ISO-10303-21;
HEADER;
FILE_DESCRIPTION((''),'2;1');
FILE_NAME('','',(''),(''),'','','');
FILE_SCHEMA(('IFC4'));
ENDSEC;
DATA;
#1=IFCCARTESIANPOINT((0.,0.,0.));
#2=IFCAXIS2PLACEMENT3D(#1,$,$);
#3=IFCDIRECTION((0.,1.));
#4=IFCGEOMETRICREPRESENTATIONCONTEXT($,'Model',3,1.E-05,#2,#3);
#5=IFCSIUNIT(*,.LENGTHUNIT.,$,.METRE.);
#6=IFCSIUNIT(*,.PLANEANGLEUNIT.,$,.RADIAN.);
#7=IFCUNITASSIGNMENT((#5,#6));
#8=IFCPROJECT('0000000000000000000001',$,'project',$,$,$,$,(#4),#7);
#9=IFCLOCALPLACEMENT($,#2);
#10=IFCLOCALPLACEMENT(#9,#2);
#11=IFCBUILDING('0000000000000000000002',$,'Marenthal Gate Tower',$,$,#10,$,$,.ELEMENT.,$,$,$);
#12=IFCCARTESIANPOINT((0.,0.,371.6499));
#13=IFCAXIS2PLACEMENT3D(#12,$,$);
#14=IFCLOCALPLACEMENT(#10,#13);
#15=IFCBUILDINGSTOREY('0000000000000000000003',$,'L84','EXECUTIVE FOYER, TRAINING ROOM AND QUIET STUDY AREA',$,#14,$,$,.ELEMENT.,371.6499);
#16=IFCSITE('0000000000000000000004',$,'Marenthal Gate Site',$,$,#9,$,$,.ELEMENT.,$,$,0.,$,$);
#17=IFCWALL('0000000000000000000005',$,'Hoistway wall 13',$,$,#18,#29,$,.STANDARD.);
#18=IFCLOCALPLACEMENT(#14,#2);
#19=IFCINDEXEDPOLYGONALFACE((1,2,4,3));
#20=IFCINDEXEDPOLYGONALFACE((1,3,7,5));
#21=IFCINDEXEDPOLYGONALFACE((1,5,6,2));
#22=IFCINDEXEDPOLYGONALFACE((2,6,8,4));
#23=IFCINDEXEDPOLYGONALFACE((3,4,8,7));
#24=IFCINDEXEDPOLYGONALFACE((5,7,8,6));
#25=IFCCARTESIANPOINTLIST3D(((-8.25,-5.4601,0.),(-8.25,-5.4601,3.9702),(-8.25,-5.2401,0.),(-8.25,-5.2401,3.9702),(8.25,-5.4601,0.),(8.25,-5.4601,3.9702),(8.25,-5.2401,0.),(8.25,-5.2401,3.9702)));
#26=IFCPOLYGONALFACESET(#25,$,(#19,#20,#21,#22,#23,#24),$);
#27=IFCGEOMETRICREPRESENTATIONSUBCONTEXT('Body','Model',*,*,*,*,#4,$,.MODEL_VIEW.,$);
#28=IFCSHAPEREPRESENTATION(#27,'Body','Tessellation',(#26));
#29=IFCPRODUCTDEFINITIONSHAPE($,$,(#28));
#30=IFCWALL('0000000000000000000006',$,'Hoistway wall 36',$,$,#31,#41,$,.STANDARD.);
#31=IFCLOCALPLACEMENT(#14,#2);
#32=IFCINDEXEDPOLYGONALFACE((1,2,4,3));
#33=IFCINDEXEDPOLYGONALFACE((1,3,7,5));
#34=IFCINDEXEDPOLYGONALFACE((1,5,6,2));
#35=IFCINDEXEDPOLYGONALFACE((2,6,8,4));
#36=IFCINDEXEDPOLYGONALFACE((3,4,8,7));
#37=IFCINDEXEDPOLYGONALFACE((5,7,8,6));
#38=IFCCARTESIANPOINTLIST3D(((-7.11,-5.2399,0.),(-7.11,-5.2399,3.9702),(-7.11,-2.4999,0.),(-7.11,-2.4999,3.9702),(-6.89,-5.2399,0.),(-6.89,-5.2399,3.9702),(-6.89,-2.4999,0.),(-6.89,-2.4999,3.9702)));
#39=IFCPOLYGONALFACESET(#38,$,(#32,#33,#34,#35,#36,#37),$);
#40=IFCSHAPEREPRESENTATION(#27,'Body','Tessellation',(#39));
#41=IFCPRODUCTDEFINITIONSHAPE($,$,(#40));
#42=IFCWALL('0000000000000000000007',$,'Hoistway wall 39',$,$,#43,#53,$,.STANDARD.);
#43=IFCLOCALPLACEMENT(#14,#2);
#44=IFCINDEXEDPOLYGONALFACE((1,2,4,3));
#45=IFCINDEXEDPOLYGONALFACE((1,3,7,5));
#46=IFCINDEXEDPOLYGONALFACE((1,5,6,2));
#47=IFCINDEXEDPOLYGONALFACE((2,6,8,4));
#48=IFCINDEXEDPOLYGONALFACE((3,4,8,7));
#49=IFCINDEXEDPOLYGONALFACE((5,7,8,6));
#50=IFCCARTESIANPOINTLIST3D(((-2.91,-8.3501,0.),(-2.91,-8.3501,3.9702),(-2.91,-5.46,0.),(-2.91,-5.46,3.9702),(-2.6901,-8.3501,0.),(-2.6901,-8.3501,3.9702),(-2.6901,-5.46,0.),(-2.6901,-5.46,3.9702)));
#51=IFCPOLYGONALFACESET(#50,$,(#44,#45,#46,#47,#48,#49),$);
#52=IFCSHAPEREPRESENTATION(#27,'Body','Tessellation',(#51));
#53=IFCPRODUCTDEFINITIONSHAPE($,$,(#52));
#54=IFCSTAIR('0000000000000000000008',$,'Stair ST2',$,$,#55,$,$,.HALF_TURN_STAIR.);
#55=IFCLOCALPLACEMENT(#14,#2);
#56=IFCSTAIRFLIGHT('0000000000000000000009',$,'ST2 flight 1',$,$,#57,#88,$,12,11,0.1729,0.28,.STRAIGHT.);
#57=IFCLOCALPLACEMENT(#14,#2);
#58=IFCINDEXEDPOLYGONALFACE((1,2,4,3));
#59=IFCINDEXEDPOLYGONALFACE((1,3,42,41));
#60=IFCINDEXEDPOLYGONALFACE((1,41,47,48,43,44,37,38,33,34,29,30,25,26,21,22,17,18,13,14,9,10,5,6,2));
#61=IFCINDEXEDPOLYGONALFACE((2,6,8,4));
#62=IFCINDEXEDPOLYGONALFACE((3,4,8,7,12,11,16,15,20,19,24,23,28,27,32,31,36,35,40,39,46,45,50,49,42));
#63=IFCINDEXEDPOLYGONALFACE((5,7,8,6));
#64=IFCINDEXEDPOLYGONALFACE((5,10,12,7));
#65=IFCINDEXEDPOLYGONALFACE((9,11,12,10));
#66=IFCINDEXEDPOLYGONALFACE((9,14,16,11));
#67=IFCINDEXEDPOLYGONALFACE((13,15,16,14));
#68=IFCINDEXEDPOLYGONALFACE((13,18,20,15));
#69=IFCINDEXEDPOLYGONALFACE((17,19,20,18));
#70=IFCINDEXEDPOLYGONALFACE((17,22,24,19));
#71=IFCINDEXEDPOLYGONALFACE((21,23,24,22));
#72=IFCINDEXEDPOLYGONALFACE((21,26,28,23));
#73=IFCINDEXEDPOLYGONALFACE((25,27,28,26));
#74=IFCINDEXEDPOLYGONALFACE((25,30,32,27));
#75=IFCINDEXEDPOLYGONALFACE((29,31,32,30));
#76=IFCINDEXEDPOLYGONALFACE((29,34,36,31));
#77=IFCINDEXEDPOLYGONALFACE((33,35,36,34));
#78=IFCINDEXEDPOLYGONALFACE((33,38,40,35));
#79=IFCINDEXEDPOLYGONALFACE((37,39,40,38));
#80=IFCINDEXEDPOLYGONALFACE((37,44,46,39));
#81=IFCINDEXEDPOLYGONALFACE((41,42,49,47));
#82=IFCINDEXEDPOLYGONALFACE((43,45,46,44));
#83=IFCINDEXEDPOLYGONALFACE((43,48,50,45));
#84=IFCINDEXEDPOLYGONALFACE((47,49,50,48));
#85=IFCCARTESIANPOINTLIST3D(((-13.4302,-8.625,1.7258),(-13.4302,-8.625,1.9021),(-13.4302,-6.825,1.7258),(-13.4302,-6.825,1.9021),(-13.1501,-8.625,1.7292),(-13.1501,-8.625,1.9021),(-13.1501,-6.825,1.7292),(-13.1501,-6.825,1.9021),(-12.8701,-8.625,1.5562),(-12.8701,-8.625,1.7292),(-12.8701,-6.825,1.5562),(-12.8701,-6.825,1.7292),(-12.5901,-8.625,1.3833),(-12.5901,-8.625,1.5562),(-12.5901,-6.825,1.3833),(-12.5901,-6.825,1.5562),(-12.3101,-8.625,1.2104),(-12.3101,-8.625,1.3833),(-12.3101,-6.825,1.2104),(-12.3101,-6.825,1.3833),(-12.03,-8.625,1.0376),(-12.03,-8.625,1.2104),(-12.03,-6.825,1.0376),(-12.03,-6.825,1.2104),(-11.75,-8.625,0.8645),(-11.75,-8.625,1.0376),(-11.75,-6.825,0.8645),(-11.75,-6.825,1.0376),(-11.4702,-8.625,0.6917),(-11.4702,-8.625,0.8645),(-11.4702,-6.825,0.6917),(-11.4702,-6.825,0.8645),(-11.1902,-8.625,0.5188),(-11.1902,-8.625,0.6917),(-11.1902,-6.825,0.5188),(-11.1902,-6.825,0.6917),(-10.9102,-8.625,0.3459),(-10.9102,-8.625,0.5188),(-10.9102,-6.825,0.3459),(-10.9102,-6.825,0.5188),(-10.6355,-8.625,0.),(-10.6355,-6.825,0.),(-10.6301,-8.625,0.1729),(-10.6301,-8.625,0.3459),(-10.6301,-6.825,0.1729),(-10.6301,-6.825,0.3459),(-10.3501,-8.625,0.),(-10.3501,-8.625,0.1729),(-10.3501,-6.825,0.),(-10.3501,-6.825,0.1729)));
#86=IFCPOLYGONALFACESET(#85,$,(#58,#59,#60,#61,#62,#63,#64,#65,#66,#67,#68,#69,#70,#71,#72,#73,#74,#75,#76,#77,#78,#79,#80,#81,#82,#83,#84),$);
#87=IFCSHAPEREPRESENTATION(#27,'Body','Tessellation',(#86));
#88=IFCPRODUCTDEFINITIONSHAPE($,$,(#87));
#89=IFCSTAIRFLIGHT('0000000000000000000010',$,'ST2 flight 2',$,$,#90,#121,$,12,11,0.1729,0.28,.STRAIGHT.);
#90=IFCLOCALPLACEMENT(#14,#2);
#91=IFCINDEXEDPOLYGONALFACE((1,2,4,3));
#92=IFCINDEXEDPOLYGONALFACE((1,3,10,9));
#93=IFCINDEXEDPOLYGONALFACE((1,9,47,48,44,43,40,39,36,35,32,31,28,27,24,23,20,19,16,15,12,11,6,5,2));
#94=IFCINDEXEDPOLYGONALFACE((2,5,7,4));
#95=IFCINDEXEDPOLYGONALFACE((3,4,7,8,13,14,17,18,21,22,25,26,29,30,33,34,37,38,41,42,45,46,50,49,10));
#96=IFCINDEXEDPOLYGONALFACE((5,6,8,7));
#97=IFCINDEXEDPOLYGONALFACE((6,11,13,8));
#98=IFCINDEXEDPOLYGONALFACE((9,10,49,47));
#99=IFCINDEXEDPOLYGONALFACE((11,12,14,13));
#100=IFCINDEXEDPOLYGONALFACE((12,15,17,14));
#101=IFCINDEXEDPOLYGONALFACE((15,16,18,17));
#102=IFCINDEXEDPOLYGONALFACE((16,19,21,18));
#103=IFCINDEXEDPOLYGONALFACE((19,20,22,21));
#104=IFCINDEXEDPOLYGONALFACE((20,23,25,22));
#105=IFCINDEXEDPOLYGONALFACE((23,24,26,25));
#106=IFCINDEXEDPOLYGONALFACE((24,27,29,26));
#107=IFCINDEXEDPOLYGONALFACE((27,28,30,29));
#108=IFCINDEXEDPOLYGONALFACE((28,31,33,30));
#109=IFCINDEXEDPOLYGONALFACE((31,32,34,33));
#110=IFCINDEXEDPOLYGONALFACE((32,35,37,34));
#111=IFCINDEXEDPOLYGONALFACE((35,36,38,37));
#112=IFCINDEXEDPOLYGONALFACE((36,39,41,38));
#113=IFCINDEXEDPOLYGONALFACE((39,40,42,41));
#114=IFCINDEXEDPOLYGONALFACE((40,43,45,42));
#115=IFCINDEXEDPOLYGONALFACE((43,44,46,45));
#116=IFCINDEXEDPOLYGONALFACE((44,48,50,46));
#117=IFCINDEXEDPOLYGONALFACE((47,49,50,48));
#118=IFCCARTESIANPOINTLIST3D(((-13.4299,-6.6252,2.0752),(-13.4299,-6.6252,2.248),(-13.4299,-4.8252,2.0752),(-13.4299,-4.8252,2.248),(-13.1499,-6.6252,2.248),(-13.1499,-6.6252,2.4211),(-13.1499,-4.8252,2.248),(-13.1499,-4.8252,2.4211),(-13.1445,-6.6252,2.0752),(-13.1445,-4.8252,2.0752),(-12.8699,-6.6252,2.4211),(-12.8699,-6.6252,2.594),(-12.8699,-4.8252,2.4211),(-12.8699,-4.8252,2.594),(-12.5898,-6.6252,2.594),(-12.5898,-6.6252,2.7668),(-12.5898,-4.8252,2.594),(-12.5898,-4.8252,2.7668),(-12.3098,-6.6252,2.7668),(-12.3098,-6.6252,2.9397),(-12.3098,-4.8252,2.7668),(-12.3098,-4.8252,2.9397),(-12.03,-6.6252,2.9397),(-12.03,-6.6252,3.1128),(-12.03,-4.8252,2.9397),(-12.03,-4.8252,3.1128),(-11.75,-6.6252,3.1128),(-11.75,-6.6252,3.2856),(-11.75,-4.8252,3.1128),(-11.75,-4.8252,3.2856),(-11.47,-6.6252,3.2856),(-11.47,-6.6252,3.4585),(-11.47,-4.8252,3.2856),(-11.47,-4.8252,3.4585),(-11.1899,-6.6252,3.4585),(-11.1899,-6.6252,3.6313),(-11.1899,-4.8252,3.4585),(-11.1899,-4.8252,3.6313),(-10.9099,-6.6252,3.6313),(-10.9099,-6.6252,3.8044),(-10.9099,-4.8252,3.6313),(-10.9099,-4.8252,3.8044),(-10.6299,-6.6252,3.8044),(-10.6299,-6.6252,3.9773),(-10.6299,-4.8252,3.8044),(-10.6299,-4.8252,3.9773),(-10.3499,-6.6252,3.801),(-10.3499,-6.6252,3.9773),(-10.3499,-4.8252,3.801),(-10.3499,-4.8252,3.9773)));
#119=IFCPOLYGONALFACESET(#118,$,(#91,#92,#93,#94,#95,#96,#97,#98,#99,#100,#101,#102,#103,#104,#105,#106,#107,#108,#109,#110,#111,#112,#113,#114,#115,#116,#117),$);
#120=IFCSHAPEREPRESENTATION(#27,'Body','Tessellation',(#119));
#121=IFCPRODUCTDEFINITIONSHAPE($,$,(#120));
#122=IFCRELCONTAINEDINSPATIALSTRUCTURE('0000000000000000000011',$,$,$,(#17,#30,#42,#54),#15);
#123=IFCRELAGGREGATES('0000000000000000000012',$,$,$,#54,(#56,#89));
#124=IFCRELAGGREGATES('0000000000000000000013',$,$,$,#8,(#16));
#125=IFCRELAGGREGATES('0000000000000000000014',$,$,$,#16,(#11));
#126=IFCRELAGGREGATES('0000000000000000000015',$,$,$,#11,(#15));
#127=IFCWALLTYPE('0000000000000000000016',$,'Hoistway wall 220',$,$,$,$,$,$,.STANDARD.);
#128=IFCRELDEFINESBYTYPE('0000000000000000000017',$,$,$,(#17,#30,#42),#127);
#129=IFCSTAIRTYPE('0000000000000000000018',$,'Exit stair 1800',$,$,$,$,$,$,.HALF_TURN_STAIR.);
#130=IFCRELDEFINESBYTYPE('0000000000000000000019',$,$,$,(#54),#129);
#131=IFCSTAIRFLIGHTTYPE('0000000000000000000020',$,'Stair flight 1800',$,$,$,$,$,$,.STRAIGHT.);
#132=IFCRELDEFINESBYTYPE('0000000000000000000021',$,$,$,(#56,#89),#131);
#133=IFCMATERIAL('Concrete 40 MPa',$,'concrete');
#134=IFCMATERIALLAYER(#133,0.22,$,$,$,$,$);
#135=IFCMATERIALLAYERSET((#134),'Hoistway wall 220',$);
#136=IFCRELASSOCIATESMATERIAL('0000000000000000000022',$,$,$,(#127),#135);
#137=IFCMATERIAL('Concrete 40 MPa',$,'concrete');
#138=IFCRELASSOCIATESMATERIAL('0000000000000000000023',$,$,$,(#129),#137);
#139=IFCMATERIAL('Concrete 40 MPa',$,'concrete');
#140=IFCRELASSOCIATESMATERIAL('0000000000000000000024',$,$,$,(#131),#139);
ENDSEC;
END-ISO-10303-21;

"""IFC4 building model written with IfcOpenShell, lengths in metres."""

from ifc_helpers import new_model, si_unit, direction, frame, frame_2d, origin, place, context, subcontext, project, spatial, polyline, rectangle, outline, extrude, material, layer, layer_set, type_object, element, aggregate, save


model = new_model("IFC4")

# Units and contexts
model_context = context("Model", 3, precision=1e-05, world=origin(), true_north=direction((0.0, 1.0)))
body_context = subcontext(model_context, "Body", "Model", "MODEL_VIEW")
ifc_project = project(units=[si_unit("LENGTHUNIT", "METRE"), si_unit("PLANEANGLEUNIT", "RADIAN")], contexts=[model_context])

# Site, building, storey
site_placement = place(None, origin())
site = spatial("IfcSite", under=ifc_project, at=site_placement, Name="Marenthal Gate Site", CompositionType="ELEMENT", RefElevation=0.0)
building_placement = place(site_placement, origin())
building = spatial("IfcBuilding", under=site, at=building_placement, Name="Marenthal Gate Tower", CompositionType="ELEMENT")
storey_placement = place(building_placement, frame((0.0, 0.0, 371.6499)))
storey = spatial("IfcBuildingStorey", under=building, at=storey_placement, Name="L84", Description="EXECUTIVE FOYER, TRAINING ROOM AND QUIET STUDY AREA", CompositionType="ELEMENT", Elevation=371.6499)

# Shared definitions
ifc_material_1 = material(Name="Concrete 40 MPa", Category="concrete")
ifc_layer_1 = layer(ifc_material_1, 0.22)
ifc_layer_set_1 = layer_set([ifc_layer_1], Name="Hoistway wall 220")
wall_type_1 = type_object("IfcWallType", Name="Hoistway wall 220", PredefinedType="STANDARD", material=ifc_layer_set_1)

# Walls
wall_1_placement = place(storey_placement, frame((-8.25, -5.3501, 0.0), z_axis=(0.0, 0.0, 1.0), x_axis=(1.0, 0.0, 0.0)))
element("IfcWall", 1, at=wall_1_placement, inside=storey, type_object=wall_type_1, Name="Hoistway wall 13", PredefinedType="STANDARD", context=body_context, shape_type="SweptSolid", body=[
    extrude(rectangle(XDim=16.5, YDim=0.22, at=frame_2d((8.25, 0.0))), origin(), (0.0, 0.0, 1.0), 3.9702),
])
wall_2_placement = place(storey_placement, frame((-7.0, -5.24, 0.0), z_axis=(0.0, 0.0, 1.0), x_axis=(0.0, 1.0, 0.0)))
element("IfcWall", 2, at=wall_2_placement, inside=storey, type_object=wall_type_1, Name="Hoistway wall 36", PredefinedType="STANDARD", context=body_context, shape_type="SweptSolid", body=[
    extrude(rectangle(XDim=2.74, YDim=0.22, at=frame_2d((1.3701, 0.0))), origin(), (0.0, 0.0, 1.0), 3.9702),
])
wall_3_placement = place(storey_placement, frame((-2.8, -8.3501, 0.0), z_axis=(0.0, 0.0, 1.0), x_axis=(0.0, 1.0, 0.0)))
element("IfcWall", 3, at=wall_3_placement, inside=storey, type_object=wall_type_1, Name="Hoistway wall 39", PredefinedType="STANDARD", context=body_context, shape_type="SweptSolid", body=[
    extrude(rectangle(XDim=2.8901, YDim=0.22, at=frame_2d((1.4451, 0.0))), origin(), (0.0, 0.0, 1.0), 3.9702),
])

# Stair, stair flights
ifc_material_2 = material(Name="Concrete 40 MPa", Category="concrete")
stair_type = type_object("IfcStairType", Name="Exit stair 1800", PredefinedType="HALF_TURN_STAIR", material=ifc_material_2)
stair_placement = place(storey_placement, origin())
stair = element("IfcStair", 4, at=stair_placement, inside=storey, type_object=stair_type, Name="Stair ST2", PredefinedType="HALF_TURN_STAIR")
ifc_material_3 = material(Name="Concrete 40 MPa", Category="concrete")
stair_flight_type = type_object("IfcStairFlightType", Name="Stair flight 1800", PredefinedType="STRAIGHT", material=ifc_material_3)
stair_flight_1_placement = place(storey_placement, frame((-10.3501, -7.7251, 0.0), z_axis=(0.0, 0.0, 1.0), x_axis=(-1.0, 0.0, 0.0)))
stair_flight_1 = element("IfcStairFlight", 5, at=stair_flight_1_placement, type_object=stair_flight_type, Name="ST2 flight 1", NumberOfRisers=12, NumberOfTreads=11, PredefinedType="STRAIGHT", RiserHeight=0.1729, TreadLength=0.28, context=body_context, shape_type="SweptSolid", body=[
    extrude(outline(polyline([(0.0, 0.0), (0.0, 0.1729), (0.28, 0.1729), (0.28, 0.3459), (0.5601, 0.3459), (0.5601, 0.5188), (0.8401, 0.5188), (0.8401, 0.6917), (1.1201, 0.6917), (1.1201, 0.8645), (1.3999, 0.8645), (1.3999, 1.0376), (1.6799, 1.0376), (1.6799, 1.2104), (1.96, 1.2104), (1.96, 1.3833), (2.24, 1.3833), (2.24, 1.5562), (2.52, 1.5562), (2.52, 1.7292), (2.8, 1.7292), (2.8, 1.9021), (3.0801, 1.9021), (3.0801, 2.075), (3.0801, 1.7258), (0.2854, 0.0), (0.0, 0.0)])), frame((0.0, 0.8999, 0.0), z_axis=(0.0, -1.0, 0.0), x_axis=(1.0, 0.0, 0.0)), (0.0, 0.0, 1.0), 1.8),
])
stair_flight_2_placement = place(storey_placement, frame((-13.4299, -5.7251, 2.0752), z_axis=(0.0, 0.0, 1.0), x_axis=(1.0, 0.0, 0.0)))
stair_flight_2 = element("IfcStairFlight", 6, at=stair_flight_2_placement, type_object=stair_flight_type, Name="ST2 flight 2", NumberOfRisers=12, NumberOfTreads=11, PredefinedType="STRAIGHT", RiserHeight=0.1729, TreadLength=0.28, context=body_context, shape_type="SweptSolid", body=[
    extrude(outline(polyline([(0.0, 0.0), (0.0, 0.1729), (0.28, 0.1729), (0.28, 0.3459), (0.5601, 0.3459), (0.5601, 0.5188), (0.8401, 0.5188), (0.8401, 0.6917), (1.1201, 0.6917), (1.1201, 0.8645), (1.3999, 0.8645), (1.3999, 1.0376), (1.6799, 1.0376), (1.6799, 1.2104), (1.96, 1.2104), (1.96, 1.3833), (2.24, 1.3833), (2.24, 1.5562), (2.52, 1.5562), (2.52, 1.7292), (2.8, 1.7292), (2.8, 1.9021), (3.0801, 1.9021), (3.0801, 2.075), (3.0801, 1.7258), (0.2854, 0.0), (0.0, 0.0)])), frame((0.0, 0.8999, 0.0), z_axis=(0.0, -1.0, 0.0), x_axis=(1.0, 0.0, 0.0)), (0.0, 0.0, 1.0), 1.8),
])
aggregate(stair, [stair_flight_1, stair_flight_2])

save(model, "model.ifc")
